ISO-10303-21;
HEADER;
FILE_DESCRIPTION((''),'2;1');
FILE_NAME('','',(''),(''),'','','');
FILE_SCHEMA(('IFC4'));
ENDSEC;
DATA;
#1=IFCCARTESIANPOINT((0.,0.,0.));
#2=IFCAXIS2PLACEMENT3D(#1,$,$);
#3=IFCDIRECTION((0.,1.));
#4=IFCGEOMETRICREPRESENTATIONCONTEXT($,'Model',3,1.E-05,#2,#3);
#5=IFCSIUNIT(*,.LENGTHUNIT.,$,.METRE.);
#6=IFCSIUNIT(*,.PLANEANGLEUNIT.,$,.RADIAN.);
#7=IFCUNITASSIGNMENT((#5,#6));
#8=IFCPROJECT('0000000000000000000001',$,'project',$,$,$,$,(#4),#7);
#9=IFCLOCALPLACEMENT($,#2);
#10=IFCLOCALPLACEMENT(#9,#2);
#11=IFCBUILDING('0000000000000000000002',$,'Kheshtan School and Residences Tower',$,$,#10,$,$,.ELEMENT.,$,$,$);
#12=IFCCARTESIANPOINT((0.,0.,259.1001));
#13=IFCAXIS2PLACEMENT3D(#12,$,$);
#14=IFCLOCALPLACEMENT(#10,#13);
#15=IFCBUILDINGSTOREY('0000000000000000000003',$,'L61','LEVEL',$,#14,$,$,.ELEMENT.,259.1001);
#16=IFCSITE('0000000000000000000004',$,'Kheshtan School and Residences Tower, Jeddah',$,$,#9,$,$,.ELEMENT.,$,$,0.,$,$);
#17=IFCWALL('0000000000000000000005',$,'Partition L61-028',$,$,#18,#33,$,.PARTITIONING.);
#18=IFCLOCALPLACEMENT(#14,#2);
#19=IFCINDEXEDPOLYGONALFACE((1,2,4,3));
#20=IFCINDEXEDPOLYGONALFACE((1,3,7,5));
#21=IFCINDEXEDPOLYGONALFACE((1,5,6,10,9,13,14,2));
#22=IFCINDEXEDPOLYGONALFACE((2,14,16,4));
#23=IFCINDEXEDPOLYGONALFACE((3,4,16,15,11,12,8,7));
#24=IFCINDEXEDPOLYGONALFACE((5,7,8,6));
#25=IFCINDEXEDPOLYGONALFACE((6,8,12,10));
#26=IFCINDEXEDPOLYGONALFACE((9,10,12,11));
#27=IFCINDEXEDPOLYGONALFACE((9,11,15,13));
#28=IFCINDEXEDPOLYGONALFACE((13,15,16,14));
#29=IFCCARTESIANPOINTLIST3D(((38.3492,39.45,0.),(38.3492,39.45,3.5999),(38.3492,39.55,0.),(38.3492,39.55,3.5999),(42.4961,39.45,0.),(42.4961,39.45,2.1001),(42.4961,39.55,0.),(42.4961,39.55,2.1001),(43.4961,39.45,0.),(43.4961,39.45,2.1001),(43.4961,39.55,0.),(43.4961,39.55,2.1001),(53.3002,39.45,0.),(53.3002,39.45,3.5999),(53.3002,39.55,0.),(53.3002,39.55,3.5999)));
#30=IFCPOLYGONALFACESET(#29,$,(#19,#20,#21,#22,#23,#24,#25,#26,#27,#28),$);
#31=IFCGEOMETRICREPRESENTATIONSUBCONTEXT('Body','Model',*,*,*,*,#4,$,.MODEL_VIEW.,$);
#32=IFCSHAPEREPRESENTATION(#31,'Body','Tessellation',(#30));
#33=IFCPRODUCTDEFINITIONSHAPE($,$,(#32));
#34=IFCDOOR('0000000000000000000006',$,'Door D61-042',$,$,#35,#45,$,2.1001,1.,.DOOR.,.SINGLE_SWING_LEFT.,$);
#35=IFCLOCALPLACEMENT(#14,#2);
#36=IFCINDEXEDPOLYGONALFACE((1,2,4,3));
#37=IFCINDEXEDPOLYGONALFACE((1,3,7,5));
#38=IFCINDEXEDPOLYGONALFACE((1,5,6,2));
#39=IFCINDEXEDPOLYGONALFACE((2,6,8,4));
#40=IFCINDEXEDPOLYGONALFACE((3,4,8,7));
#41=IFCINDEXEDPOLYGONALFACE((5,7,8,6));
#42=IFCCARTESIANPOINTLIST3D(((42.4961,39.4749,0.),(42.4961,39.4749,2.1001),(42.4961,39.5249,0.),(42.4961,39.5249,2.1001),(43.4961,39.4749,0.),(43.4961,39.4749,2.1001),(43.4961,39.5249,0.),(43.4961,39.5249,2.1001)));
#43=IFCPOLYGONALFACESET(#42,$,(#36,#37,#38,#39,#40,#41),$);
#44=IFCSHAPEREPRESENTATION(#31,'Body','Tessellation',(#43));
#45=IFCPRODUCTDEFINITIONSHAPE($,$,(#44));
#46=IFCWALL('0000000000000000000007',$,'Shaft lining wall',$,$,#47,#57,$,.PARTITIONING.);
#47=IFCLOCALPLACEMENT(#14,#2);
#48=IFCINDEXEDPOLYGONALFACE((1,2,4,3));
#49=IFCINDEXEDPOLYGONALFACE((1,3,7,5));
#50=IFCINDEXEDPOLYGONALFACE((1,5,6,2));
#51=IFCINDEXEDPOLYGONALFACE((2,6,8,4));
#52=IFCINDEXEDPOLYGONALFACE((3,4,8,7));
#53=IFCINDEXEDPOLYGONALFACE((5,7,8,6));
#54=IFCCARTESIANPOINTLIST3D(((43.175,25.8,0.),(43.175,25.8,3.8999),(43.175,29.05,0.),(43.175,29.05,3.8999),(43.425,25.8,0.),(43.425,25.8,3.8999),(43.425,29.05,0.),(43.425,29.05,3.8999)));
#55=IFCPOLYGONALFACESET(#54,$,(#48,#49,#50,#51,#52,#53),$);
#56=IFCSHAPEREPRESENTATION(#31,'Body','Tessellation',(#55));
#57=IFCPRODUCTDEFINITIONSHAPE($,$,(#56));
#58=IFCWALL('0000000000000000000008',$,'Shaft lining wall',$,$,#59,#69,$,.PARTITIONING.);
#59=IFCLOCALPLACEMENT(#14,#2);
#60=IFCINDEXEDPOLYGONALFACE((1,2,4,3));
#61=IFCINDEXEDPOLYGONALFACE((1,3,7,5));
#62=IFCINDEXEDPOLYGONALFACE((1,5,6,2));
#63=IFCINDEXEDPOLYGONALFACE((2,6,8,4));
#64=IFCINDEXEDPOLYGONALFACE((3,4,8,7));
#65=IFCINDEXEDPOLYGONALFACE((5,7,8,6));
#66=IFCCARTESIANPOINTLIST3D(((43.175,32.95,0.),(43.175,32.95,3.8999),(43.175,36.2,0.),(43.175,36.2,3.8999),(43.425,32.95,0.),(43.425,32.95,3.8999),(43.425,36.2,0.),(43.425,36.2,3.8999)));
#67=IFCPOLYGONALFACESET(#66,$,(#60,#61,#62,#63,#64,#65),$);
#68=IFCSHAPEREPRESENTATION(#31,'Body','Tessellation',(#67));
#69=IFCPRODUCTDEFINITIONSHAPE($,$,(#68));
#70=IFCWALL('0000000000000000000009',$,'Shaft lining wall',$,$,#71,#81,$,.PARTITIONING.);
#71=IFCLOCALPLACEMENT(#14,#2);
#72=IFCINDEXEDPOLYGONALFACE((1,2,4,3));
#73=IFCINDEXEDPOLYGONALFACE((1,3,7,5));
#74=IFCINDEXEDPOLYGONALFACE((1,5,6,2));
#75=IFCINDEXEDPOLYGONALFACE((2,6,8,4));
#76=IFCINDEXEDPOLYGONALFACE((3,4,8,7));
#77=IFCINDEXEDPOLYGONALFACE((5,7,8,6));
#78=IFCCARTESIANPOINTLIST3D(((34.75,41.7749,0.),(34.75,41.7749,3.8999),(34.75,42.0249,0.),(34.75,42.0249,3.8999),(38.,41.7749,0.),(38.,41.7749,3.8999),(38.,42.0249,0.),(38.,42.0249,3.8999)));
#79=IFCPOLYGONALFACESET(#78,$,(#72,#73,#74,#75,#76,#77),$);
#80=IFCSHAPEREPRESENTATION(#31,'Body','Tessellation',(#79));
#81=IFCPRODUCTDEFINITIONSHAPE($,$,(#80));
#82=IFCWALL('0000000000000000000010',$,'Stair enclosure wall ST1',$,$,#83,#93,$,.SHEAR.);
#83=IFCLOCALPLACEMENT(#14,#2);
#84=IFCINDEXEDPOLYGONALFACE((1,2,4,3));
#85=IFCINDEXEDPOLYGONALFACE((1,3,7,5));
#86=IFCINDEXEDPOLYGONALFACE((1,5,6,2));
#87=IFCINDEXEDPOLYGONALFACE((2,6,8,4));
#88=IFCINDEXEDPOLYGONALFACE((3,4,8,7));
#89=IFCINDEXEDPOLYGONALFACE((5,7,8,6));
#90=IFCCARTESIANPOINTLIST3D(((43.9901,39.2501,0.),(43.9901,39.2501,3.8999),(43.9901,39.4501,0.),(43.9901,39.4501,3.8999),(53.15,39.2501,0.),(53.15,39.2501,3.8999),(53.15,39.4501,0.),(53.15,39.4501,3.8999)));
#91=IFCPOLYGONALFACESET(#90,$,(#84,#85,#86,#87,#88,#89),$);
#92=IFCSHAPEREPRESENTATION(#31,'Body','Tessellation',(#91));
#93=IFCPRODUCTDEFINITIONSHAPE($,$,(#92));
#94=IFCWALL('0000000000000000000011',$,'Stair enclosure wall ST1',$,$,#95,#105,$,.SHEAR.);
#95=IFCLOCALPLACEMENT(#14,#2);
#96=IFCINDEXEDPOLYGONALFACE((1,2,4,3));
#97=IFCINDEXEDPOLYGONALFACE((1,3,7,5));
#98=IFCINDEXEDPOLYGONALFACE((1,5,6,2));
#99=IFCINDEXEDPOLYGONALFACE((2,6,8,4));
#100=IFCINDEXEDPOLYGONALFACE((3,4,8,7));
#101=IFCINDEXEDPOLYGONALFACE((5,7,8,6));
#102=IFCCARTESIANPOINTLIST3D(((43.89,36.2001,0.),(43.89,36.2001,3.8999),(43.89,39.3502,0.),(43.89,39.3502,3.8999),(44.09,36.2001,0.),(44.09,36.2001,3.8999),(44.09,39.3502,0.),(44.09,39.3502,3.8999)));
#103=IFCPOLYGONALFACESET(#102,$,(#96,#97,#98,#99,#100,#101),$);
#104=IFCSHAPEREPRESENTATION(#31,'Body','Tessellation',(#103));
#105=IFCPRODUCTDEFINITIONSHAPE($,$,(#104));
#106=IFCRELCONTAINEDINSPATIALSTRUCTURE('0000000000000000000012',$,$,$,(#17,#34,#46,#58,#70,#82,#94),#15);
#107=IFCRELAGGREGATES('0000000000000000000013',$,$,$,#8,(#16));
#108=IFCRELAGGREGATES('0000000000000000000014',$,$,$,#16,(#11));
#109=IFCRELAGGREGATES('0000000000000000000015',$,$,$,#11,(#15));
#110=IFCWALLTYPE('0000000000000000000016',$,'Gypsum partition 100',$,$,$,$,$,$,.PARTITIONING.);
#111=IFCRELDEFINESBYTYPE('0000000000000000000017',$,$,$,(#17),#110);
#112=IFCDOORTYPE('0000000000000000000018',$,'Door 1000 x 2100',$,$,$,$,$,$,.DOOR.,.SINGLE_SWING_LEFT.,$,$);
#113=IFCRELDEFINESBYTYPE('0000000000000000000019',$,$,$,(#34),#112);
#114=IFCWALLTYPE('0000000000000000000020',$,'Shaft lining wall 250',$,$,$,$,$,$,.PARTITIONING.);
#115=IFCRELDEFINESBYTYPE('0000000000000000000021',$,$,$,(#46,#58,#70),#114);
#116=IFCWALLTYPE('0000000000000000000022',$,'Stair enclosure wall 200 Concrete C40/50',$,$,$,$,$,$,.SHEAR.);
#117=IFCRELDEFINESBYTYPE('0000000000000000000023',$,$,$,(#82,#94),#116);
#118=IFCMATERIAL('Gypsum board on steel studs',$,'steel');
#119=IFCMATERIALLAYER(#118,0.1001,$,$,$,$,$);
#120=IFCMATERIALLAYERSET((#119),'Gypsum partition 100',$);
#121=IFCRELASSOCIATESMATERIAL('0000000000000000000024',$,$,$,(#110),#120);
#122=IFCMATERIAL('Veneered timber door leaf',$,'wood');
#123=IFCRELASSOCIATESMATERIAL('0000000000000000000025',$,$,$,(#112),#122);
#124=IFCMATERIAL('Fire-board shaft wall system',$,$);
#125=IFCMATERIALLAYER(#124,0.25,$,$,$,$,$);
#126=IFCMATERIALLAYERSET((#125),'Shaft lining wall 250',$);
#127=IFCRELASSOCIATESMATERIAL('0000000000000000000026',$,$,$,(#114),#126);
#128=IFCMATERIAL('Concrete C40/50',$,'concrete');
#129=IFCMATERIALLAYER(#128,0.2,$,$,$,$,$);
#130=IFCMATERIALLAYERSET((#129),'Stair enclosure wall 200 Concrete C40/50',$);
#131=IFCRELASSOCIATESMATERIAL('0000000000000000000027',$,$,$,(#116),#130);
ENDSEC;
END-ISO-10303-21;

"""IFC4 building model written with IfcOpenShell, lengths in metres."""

from ifc_helpers import new_model, si_unit, direction, frame, frame_2d, origin, place, context, subcontext, project, spatial, rectangle, extrude, source, transform, mapped, material, layer, layer_set, type_object, element, fill, save


model = new_model("IFC4")

# Units and contexts
model_context = context("Model", 3, precision=1e-05, world=origin(), true_north=direction((0.0, 1.0)))
body_context = subcontext(model_context, "Body", "Model", "MODEL_VIEW")
ifc_project = project(units=[si_unit("LENGTHUNIT", "METRE"), si_unit("PLANEANGLEUNIT", "RADIAN")], contexts=[model_context])

# Site, building, storey
site_placement = place(None, origin())
site = spatial("IfcSite", under=ifc_project, at=site_placement, Name="Kheshtan School and Residences Tower, Jeddah", CompositionType="ELEMENT", RefElevation=0.0)
building_placement = place(site_placement, origin())
building = spatial("IfcBuilding", under=site, at=building_placement, Name="Kheshtan School and Residences Tower", CompositionType="ELEMENT")
storey_placement = place(building_placement, frame((0.0, 0.0, 259.1001)))
storey = spatial("IfcBuildingStorey", under=building, at=storey_placement, Name="L61", Description="LEVEL", CompositionType="ELEMENT", Elevation=259.1001)

# Wall, opening, door
ifc_material_1 = material(Name="Gypsum board on steel studs", Category="steel")
ifc_layer_1 = layer(ifc_material_1, 0.1001)
ifc_layer_set_1 = layer_set([ifc_layer_1], Name="Gypsum partition 100")
wall_type_1 = type_object("IfcWallType", Name="Gypsum partition 100", PredefinedType="PARTITIONING", material=ifc_layer_set_1)
wall_1_placement = place(storey_placement, frame((38.3491, 39.5, 0.0), z_axis=(0.0, 0.0, 1.0), x_axis=(1.0, 0.0, 0.0)))
wall_1 = element("IfcWall", 1, at=wall_1_placement, inside=storey, type_object=wall_type_1, Name="Partition L61-028", PredefinedType="PARTITIONING", context=body_context, shape_type="SweptSolid", body=[
    extrude(rectangle(XDim=14.9509, YDim=0.1001, at=frame_2d((7.4756, 0.0))), origin(), (0.0, 0.0, 1.0), 3.5999),
])
opening_1_placement = place(wall_1_placement, frame((4.147, 0.0, 0.0)))
opening_1 = element("IfcOpeningElement", 2, at=opening_1_placement, cuts=wall_1, PredefinedType="OPENING", context=body_context, shape_type="SweptSolid", body=[
    extrude(rectangle(XDim=1.0, YDim=2.1001, at=frame_2d((0.5, 1.05))), frame((0.0, 0.0601, 0.0), z_axis=(0.0, -1.0, 0.0), x_axis=(1.0, 0.0, 0.0)), (0.0, 0.0, 1.0), 0.1201),
])
ifc_material_2 = material(Name="Veneered timber door leaf", Category="wood")
door_type_1 = type_object("IfcDoorType", Name="Door 1000 x 2100", OperationType="SINGLE_SWING_LEFT", PredefinedType="DOOR", material=ifc_material_2)
shared_shape_1 = source(origin(), body_context, "Body", "SweptSolid", [
    extrude(rectangle(XDim=1.0, YDim=2.1001, at=frame_2d((0.5, 1.05))), frame((0.0, 0.0249, 0.0), z_axis=(0.0, -1.0, 0.0), x_axis=(1.0, 0.0, 0.0)), (0.0, 0.0, 1.0), 0.05),
])
door_1_placement = place(opening_1_placement, origin())
door_1 = element("IfcDoor", 3, at=door_1_placement, inside=storey, type_object=door_type_1, Name="Door D61-042", OperationType="SINGLE_SWING_LEFT", OverallHeight=2.1001, OverallWidth=1.0, PredefinedType="DOOR", context=body_context, shape_type="MappedRepresentation", body=[
    mapped(shared_shape_1, transform((0.0, 0.0, 0.0), x_axis=(1.0, 0.0, 0.0), y_axis=(0.0, 1.0, 0.0), z_axis=(0.0, 0.0, 1.0), scale=1.0)),
])
fill(opening_1, door_1)

# Walls
ifc_material_3 = material(Name="Fire-board shaft wall system")
ifc_layer_2 = layer(ifc_material_3, 0.25)
ifc_layer_set_2 = layer_set([ifc_layer_2], Name="Shaft lining wall 250")
wall_type_2 = type_object("IfcWallType", Name="Shaft lining wall 250", PredefinedType="PARTITIONING", material=ifc_layer_set_2)
for number, where, z_axis, x_axis, name in (
    (4, (43.3, 25.8, 0.0), (0.0, 0.0, 1.0), (0.0, 1.0, 0.0), "Shaft lining wall"),
    (5, (43.3, 32.95, 0.0), (0.0, 0.0, 1.0), (0.0, 1.0, 0.0), "Shaft lining wall"),
    (6, (34.75, 41.8999, 0.0), (0.0, 0.0, 1.0), (1.0, 0.0, 0.0), "Shaft lining wall"),
):
    element("IfcWall", number, at=place(storey_placement, frame(where, z_axis=z_axis, x_axis=x_axis)), inside=storey, type_object=wall_type_2, Name=name, PredefinedType="PARTITIONING", context=body_context, shape_type="SweptSolid", body=[
        extrude(rectangle(XDim=3.25, YDim=0.25, at=frame_2d((1.625, 0.0))), origin(), (0.0, 0.0, 1.0), 3.8999),
    ])
ifc_material_4 = material(Name="Concrete C40/50", Category="concrete")
ifc_layer_3 = layer(ifc_material_4, 0.2)
ifc_layer_set_3 = layer_set([ifc_layer_3], Name="Stair enclosure wall 200 Concrete C40/50")
wall_type_3 = type_object("IfcWallType", Name="Stair enclosure wall 200 Concrete C40/50", PredefinedType="SHEAR", material=ifc_layer_set_3)
wall_2_placement = place(storey_placement, frame((43.99, 39.3501, 0.0), z_axis=(0.0, 0.0, 1.0), x_axis=(1.0, 0.0, 0.0)))
element("IfcWall", 7, at=wall_2_placement, inside=storey, type_object=wall_type_3, Name="Stair enclosure wall ST1", PredefinedType="SHEAR", context=body_context, shape_type="SweptSolid", body=[
    extrude(rectangle(XDim=9.1599, YDim=0.2, at=frame_2d((4.5801, 0.0))), origin(), (0.0, 0.0, 1.0), 3.8999),
])
wall_3_placement = place(storey_placement, frame((43.99, 36.2, 0.0), z_axis=(0.0, 0.0, 1.0), x_axis=(0.0, 1.0, 0.0)))
element("IfcWall", 8, at=wall_3_placement, inside=storey, type_object=wall_type_3, Name="Stair enclosure wall ST1", PredefinedType="SHEAR", context=body_context, shape_type="SweptSolid", body=[
    extrude(rectangle(XDim=3.1501, YDim=0.2, at=frame_2d((1.5752, 0.0))), origin(), (0.0, 0.0, 1.0), 3.8999),
])

save(model, "model.ifc")
